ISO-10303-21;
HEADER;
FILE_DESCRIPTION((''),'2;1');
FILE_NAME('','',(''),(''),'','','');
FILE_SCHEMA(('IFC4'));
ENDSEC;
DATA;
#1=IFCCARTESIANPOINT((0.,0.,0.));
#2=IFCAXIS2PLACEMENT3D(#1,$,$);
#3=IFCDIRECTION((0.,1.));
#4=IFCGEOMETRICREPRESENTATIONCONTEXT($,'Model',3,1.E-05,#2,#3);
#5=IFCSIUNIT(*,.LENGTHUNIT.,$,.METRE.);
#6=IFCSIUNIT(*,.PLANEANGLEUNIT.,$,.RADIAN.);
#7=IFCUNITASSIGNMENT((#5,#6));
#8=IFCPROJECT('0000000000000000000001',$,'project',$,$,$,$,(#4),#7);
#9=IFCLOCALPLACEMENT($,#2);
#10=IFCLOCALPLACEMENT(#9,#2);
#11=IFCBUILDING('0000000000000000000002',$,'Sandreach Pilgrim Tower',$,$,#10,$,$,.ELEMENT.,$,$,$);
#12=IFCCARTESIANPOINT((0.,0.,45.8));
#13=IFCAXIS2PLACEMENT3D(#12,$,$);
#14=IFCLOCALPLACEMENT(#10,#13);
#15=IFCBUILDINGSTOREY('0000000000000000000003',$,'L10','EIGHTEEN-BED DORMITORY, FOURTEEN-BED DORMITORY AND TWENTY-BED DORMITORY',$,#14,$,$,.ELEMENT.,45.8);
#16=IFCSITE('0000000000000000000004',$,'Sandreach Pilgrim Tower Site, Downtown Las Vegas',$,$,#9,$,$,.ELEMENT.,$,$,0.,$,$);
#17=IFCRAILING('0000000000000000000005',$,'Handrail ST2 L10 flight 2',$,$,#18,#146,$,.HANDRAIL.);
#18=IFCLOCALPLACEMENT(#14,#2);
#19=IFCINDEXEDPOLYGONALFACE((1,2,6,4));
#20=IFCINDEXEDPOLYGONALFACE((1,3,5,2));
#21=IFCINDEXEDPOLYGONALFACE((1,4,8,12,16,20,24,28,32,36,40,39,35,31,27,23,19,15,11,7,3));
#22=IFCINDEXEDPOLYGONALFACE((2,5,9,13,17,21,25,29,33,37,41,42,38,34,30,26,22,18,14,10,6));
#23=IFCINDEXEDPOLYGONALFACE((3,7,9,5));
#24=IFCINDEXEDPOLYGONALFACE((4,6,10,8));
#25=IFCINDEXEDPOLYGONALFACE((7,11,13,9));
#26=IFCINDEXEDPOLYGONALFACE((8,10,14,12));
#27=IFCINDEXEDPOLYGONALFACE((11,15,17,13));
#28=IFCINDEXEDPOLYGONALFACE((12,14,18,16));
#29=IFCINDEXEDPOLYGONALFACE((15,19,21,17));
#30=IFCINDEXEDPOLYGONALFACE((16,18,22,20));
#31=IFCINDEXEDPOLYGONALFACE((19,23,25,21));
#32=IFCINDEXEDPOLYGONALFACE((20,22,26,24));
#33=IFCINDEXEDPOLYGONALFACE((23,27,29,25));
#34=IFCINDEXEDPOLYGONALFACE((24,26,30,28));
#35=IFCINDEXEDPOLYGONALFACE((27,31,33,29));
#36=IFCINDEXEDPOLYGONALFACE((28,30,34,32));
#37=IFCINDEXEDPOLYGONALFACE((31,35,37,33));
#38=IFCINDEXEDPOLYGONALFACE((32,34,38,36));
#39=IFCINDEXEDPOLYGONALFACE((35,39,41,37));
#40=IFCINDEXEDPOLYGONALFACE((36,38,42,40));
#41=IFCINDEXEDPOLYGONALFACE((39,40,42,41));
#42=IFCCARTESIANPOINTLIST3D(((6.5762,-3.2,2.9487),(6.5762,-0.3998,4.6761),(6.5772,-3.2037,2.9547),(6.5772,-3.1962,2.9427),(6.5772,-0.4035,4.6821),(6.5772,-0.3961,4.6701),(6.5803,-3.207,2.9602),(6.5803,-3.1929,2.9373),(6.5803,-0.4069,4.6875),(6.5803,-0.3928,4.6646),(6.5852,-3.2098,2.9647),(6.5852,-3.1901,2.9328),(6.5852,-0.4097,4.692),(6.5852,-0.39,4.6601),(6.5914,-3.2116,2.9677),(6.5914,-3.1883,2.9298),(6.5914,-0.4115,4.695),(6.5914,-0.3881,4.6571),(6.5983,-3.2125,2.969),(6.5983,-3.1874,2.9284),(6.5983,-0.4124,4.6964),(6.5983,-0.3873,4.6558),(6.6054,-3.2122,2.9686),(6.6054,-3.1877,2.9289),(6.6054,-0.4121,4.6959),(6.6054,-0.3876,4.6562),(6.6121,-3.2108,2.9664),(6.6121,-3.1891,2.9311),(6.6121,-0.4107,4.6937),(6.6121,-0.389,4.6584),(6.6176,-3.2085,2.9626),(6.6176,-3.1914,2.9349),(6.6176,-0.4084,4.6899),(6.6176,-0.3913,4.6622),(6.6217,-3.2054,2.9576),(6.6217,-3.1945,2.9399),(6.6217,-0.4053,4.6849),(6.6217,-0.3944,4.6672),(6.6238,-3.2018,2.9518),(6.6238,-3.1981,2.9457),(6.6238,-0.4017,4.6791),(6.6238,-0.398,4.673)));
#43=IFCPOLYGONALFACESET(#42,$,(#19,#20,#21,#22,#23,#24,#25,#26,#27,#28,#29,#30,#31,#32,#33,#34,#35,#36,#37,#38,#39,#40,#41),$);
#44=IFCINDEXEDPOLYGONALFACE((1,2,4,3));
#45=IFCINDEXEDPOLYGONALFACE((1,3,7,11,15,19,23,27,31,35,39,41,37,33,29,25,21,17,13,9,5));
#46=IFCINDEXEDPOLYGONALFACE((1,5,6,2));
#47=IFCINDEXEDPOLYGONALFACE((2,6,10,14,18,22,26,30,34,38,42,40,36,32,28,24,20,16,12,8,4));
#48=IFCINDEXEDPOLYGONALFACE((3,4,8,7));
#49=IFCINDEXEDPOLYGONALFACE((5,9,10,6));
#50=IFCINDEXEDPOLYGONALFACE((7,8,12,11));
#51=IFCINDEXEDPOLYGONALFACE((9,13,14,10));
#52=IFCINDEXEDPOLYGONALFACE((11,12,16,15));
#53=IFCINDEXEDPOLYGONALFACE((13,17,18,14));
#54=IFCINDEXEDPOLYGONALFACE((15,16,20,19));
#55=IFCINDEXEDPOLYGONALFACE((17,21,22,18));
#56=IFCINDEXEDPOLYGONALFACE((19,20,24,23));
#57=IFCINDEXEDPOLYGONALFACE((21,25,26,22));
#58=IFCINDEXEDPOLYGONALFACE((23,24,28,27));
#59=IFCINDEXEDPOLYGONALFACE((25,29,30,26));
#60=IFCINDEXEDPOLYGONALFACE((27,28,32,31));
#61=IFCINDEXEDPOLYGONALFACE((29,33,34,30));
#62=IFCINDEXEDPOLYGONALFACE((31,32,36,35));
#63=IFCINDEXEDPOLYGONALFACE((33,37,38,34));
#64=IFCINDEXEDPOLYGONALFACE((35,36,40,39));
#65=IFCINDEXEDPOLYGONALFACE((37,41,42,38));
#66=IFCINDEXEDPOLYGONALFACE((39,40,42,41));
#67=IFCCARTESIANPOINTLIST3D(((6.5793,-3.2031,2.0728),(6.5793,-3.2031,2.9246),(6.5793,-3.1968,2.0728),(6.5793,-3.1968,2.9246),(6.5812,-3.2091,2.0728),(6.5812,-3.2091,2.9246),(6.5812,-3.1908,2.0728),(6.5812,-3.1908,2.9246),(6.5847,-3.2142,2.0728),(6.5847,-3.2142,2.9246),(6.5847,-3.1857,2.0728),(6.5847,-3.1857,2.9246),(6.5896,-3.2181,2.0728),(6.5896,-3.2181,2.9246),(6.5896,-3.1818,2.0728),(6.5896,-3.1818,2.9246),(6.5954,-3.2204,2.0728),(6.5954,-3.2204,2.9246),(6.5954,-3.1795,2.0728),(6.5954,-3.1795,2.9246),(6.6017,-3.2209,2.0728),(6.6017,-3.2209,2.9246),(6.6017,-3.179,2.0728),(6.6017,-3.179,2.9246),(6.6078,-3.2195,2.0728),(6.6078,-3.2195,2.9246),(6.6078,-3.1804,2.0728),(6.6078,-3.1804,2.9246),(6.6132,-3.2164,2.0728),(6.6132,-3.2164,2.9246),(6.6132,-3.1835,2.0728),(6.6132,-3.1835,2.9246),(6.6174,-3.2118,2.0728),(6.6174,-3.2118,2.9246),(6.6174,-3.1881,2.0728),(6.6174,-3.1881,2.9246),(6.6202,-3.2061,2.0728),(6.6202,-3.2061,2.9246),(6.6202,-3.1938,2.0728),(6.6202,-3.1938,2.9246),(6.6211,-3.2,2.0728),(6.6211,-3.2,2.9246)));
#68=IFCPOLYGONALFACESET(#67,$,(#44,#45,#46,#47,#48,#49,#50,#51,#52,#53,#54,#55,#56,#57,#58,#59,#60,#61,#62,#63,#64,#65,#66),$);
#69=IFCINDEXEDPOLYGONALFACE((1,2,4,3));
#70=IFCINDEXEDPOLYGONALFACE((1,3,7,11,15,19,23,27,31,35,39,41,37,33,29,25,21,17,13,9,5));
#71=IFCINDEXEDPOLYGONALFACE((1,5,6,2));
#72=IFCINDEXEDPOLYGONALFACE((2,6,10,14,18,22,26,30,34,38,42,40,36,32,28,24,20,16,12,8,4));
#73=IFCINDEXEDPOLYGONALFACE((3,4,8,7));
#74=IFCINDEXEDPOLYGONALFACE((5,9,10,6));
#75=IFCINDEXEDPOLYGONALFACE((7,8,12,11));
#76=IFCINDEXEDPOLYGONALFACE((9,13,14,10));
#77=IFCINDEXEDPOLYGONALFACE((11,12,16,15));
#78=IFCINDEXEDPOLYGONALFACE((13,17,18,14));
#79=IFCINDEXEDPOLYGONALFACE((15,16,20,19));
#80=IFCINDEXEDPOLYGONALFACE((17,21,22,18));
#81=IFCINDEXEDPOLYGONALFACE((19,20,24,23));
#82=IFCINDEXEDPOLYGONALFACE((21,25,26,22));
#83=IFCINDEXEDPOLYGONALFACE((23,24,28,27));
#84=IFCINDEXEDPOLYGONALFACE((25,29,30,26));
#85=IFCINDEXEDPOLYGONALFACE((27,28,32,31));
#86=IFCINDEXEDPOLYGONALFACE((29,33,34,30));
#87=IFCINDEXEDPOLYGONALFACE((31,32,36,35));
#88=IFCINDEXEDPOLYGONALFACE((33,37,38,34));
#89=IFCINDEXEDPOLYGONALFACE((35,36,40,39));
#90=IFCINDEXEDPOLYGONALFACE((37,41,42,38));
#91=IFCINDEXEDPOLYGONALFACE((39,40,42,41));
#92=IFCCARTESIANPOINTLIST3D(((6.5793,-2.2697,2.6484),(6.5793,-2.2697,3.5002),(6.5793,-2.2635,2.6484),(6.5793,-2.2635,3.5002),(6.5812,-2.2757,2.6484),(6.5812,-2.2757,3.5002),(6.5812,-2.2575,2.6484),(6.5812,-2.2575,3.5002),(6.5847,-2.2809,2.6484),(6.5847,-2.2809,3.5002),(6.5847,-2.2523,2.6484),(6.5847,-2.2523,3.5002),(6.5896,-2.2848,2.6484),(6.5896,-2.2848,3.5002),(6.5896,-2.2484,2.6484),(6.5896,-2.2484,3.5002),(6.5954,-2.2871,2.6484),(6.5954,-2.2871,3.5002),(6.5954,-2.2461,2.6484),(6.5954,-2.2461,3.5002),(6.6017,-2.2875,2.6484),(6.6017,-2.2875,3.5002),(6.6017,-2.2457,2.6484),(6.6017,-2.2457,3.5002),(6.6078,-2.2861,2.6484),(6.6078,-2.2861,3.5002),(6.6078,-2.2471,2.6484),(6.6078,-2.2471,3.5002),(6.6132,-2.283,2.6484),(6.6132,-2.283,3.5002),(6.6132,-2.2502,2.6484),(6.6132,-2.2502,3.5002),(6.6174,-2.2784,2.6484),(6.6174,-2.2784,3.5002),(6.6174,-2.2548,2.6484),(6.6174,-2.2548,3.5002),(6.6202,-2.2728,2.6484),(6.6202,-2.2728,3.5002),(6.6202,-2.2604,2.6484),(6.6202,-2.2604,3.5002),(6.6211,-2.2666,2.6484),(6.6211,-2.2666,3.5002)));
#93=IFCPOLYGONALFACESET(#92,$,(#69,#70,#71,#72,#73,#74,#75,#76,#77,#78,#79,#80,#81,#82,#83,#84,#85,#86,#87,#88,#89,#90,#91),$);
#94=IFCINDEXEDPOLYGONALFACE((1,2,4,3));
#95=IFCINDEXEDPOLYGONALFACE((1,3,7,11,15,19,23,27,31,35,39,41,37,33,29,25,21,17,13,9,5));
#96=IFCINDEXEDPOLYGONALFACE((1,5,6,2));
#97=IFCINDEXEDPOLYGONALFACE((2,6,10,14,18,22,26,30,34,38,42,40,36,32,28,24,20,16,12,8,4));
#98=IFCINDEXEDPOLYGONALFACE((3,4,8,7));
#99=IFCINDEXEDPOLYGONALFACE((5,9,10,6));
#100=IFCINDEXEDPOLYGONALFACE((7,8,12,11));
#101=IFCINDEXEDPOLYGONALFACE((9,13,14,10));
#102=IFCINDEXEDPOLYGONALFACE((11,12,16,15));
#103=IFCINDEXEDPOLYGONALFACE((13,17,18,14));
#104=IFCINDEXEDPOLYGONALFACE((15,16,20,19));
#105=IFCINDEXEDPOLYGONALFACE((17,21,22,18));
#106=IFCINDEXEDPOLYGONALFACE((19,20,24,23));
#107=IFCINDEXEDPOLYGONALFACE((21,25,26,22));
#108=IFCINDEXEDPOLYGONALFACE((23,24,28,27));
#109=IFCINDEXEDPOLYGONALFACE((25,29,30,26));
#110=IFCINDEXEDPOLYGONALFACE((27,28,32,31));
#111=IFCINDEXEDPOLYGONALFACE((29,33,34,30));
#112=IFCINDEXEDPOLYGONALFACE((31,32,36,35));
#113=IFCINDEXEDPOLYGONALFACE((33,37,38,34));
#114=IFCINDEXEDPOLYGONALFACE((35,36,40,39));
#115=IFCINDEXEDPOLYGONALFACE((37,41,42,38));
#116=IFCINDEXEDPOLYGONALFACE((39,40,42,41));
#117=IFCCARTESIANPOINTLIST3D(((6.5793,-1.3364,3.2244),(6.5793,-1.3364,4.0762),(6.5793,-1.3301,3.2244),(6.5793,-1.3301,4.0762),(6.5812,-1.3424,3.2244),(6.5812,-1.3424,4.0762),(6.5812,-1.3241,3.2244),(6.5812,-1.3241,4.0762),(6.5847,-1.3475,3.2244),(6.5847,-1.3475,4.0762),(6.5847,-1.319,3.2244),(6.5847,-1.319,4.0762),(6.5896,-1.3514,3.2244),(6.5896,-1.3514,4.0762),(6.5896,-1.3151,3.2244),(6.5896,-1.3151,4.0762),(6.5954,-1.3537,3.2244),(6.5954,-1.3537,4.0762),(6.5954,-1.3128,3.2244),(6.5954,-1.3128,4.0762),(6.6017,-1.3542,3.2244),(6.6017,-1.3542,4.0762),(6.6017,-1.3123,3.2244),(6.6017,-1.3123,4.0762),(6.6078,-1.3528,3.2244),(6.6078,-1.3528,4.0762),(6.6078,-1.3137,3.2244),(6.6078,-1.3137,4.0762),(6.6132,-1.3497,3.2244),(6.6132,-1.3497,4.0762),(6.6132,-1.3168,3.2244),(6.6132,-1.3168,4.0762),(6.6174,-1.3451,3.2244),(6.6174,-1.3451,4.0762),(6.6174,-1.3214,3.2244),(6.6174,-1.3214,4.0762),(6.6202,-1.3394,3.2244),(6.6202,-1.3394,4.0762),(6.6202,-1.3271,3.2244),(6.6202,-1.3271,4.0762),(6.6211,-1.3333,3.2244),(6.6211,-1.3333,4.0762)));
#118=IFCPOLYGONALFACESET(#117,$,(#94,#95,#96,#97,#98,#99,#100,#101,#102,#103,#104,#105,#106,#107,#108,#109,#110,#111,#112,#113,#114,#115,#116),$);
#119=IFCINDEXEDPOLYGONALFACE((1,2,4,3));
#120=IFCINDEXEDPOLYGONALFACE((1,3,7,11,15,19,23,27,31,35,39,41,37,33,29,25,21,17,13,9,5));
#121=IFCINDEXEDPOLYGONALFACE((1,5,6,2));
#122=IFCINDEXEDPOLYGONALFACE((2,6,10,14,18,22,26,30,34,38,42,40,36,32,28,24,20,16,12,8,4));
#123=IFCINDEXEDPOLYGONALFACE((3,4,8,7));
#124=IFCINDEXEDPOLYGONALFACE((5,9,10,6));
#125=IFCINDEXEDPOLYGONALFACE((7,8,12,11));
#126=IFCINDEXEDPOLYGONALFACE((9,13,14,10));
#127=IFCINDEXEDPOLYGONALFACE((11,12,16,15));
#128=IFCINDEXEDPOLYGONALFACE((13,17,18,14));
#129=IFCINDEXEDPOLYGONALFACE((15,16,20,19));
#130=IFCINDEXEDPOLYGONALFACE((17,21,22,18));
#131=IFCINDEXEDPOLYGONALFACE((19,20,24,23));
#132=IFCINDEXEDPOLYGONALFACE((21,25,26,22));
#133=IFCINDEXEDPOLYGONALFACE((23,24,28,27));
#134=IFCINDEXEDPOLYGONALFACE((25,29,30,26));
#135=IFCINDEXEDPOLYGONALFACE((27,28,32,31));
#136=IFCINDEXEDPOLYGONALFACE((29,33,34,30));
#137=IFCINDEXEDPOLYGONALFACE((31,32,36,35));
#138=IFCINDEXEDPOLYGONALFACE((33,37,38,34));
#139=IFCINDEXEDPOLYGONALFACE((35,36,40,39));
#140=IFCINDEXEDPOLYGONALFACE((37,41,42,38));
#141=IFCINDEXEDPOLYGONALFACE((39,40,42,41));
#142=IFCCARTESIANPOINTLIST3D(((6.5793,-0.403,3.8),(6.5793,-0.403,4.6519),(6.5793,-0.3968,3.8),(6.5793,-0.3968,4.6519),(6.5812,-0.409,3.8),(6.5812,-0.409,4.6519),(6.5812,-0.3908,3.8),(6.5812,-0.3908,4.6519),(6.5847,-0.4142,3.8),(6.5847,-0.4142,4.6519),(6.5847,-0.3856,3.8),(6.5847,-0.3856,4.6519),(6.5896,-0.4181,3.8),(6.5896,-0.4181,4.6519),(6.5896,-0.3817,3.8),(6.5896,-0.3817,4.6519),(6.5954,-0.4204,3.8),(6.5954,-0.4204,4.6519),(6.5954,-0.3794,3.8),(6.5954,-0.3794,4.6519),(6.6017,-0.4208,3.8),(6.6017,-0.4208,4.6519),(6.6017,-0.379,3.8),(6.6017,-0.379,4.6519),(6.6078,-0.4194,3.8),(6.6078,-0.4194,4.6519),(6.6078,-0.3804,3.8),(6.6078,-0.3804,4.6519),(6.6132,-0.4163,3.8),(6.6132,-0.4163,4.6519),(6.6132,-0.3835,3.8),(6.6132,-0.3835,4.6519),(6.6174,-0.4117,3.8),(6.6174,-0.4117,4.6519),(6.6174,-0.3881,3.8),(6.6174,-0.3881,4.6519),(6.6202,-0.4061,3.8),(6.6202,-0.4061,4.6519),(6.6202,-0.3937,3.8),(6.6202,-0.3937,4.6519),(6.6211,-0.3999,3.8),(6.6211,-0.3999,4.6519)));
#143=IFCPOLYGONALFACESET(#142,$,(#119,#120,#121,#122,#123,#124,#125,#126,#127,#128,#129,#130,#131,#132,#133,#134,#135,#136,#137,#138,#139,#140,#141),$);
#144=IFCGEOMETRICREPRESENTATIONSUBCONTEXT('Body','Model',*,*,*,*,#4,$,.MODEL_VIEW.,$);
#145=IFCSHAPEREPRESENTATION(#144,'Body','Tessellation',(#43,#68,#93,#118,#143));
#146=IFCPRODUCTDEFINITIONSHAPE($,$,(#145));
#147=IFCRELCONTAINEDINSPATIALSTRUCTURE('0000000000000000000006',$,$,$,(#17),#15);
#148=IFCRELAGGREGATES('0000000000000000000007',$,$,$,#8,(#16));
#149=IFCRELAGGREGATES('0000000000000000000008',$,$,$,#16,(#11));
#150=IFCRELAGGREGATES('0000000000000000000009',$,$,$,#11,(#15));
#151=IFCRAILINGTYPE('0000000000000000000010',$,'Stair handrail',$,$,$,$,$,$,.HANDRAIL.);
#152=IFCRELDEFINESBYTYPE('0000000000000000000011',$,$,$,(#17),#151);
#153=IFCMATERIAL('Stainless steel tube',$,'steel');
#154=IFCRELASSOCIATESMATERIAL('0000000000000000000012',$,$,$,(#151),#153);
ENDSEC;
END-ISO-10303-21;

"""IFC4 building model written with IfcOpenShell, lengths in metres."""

from ifc_helpers import new_model, si_unit, direction, frame, origin, origin_2d, place, context, subcontext, project, spatial, circle, extrude, material, type_object, element, save


model = new_model("IFC4")

# Units and contexts
model_context = context("Model", 3, precision=1e-05, world=origin(), true_north=direction((0.0, 1.0)))
body_context = subcontext(model_context, "Body", "Model", "MODEL_VIEW")
ifc_project = project(units=[si_unit("LENGTHUNIT", "METRE"), si_unit("PLANEANGLEUNIT", "RADIAN")], contexts=[model_context])

# Site, building, storey
site_placement = place(None, origin())
site = spatial("IfcSite", under=ifc_project, at=site_placement, Name="Sandreach Pilgrim Tower Site, Downtown Las Vegas", CompositionType="ELEMENT", RefElevation=0.0)
building_placement = place(site_placement, origin())
building = spatial("IfcBuilding", under=site, at=building_placement, Name="Sandreach Pilgrim Tower", CompositionType="ELEMENT")
storey_placement = place(building_placement, frame((0.0, 0.0, 45.8)))
storey = spatial("IfcBuildingStorey", under=building, at=storey_placement, Name="L10", Description="EIGHTEEN-BED DORMITORY, FOURTEEN-BED DORMITORY AND TWENTY-BED DORMITORY", CompositionType="ELEMENT", Elevation=45.8)

# Railing
ifc_material_1 = material(Name="Stainless steel tube", Category="steel")
railing_type = type_object("IfcRailingType", Name="Stair handrail", PredefinedType="HANDRAIL", material=ifc_material_1)
for number, where, name in (
    (1, (6.6001, -3.2, 2.0728), "Handrail ST2 L10 flight 2"),
):
    element("IfcRailing", number, at=place(storey_placement, frame(where)), inside=storey, type_object=railing_type, Name=name, PredefinedType="HANDRAIL", context=body_context, shape_type="SweptSolid", body=[
        extrude(circle(Radius=0.0239, at=origin_2d()), frame((0.0, 0.0, 0.876), z_axis=(0.0, 0.85109, 0.52502), x_axis=(-1.0, 0.0, 0.0)), (0.0, 0.0, 1.0), 3.29),
        extrude(circle(Radius=0.021, at=origin_2d()), origin(), (0.0, 0.0, 1.0), 0.8518),
        extrude(circle(Radius=0.021, at=origin_2d()), frame((0.0, 0.9333, 0.5757)), (0.0, 0.0, 1.0), 0.8518),
        extrude(circle(Radius=0.021, at=origin_2d()), frame((0.0, 1.8667, 1.1516)), (0.0, 0.0, 1.0), 0.8518),
        extrude(circle(Radius=0.021, at=origin_2d()), frame((0.0, 2.8, 1.7273)), (0.0, 0.0, 1.0), 0.8518),
    ])

save(model, "model.ifc")
